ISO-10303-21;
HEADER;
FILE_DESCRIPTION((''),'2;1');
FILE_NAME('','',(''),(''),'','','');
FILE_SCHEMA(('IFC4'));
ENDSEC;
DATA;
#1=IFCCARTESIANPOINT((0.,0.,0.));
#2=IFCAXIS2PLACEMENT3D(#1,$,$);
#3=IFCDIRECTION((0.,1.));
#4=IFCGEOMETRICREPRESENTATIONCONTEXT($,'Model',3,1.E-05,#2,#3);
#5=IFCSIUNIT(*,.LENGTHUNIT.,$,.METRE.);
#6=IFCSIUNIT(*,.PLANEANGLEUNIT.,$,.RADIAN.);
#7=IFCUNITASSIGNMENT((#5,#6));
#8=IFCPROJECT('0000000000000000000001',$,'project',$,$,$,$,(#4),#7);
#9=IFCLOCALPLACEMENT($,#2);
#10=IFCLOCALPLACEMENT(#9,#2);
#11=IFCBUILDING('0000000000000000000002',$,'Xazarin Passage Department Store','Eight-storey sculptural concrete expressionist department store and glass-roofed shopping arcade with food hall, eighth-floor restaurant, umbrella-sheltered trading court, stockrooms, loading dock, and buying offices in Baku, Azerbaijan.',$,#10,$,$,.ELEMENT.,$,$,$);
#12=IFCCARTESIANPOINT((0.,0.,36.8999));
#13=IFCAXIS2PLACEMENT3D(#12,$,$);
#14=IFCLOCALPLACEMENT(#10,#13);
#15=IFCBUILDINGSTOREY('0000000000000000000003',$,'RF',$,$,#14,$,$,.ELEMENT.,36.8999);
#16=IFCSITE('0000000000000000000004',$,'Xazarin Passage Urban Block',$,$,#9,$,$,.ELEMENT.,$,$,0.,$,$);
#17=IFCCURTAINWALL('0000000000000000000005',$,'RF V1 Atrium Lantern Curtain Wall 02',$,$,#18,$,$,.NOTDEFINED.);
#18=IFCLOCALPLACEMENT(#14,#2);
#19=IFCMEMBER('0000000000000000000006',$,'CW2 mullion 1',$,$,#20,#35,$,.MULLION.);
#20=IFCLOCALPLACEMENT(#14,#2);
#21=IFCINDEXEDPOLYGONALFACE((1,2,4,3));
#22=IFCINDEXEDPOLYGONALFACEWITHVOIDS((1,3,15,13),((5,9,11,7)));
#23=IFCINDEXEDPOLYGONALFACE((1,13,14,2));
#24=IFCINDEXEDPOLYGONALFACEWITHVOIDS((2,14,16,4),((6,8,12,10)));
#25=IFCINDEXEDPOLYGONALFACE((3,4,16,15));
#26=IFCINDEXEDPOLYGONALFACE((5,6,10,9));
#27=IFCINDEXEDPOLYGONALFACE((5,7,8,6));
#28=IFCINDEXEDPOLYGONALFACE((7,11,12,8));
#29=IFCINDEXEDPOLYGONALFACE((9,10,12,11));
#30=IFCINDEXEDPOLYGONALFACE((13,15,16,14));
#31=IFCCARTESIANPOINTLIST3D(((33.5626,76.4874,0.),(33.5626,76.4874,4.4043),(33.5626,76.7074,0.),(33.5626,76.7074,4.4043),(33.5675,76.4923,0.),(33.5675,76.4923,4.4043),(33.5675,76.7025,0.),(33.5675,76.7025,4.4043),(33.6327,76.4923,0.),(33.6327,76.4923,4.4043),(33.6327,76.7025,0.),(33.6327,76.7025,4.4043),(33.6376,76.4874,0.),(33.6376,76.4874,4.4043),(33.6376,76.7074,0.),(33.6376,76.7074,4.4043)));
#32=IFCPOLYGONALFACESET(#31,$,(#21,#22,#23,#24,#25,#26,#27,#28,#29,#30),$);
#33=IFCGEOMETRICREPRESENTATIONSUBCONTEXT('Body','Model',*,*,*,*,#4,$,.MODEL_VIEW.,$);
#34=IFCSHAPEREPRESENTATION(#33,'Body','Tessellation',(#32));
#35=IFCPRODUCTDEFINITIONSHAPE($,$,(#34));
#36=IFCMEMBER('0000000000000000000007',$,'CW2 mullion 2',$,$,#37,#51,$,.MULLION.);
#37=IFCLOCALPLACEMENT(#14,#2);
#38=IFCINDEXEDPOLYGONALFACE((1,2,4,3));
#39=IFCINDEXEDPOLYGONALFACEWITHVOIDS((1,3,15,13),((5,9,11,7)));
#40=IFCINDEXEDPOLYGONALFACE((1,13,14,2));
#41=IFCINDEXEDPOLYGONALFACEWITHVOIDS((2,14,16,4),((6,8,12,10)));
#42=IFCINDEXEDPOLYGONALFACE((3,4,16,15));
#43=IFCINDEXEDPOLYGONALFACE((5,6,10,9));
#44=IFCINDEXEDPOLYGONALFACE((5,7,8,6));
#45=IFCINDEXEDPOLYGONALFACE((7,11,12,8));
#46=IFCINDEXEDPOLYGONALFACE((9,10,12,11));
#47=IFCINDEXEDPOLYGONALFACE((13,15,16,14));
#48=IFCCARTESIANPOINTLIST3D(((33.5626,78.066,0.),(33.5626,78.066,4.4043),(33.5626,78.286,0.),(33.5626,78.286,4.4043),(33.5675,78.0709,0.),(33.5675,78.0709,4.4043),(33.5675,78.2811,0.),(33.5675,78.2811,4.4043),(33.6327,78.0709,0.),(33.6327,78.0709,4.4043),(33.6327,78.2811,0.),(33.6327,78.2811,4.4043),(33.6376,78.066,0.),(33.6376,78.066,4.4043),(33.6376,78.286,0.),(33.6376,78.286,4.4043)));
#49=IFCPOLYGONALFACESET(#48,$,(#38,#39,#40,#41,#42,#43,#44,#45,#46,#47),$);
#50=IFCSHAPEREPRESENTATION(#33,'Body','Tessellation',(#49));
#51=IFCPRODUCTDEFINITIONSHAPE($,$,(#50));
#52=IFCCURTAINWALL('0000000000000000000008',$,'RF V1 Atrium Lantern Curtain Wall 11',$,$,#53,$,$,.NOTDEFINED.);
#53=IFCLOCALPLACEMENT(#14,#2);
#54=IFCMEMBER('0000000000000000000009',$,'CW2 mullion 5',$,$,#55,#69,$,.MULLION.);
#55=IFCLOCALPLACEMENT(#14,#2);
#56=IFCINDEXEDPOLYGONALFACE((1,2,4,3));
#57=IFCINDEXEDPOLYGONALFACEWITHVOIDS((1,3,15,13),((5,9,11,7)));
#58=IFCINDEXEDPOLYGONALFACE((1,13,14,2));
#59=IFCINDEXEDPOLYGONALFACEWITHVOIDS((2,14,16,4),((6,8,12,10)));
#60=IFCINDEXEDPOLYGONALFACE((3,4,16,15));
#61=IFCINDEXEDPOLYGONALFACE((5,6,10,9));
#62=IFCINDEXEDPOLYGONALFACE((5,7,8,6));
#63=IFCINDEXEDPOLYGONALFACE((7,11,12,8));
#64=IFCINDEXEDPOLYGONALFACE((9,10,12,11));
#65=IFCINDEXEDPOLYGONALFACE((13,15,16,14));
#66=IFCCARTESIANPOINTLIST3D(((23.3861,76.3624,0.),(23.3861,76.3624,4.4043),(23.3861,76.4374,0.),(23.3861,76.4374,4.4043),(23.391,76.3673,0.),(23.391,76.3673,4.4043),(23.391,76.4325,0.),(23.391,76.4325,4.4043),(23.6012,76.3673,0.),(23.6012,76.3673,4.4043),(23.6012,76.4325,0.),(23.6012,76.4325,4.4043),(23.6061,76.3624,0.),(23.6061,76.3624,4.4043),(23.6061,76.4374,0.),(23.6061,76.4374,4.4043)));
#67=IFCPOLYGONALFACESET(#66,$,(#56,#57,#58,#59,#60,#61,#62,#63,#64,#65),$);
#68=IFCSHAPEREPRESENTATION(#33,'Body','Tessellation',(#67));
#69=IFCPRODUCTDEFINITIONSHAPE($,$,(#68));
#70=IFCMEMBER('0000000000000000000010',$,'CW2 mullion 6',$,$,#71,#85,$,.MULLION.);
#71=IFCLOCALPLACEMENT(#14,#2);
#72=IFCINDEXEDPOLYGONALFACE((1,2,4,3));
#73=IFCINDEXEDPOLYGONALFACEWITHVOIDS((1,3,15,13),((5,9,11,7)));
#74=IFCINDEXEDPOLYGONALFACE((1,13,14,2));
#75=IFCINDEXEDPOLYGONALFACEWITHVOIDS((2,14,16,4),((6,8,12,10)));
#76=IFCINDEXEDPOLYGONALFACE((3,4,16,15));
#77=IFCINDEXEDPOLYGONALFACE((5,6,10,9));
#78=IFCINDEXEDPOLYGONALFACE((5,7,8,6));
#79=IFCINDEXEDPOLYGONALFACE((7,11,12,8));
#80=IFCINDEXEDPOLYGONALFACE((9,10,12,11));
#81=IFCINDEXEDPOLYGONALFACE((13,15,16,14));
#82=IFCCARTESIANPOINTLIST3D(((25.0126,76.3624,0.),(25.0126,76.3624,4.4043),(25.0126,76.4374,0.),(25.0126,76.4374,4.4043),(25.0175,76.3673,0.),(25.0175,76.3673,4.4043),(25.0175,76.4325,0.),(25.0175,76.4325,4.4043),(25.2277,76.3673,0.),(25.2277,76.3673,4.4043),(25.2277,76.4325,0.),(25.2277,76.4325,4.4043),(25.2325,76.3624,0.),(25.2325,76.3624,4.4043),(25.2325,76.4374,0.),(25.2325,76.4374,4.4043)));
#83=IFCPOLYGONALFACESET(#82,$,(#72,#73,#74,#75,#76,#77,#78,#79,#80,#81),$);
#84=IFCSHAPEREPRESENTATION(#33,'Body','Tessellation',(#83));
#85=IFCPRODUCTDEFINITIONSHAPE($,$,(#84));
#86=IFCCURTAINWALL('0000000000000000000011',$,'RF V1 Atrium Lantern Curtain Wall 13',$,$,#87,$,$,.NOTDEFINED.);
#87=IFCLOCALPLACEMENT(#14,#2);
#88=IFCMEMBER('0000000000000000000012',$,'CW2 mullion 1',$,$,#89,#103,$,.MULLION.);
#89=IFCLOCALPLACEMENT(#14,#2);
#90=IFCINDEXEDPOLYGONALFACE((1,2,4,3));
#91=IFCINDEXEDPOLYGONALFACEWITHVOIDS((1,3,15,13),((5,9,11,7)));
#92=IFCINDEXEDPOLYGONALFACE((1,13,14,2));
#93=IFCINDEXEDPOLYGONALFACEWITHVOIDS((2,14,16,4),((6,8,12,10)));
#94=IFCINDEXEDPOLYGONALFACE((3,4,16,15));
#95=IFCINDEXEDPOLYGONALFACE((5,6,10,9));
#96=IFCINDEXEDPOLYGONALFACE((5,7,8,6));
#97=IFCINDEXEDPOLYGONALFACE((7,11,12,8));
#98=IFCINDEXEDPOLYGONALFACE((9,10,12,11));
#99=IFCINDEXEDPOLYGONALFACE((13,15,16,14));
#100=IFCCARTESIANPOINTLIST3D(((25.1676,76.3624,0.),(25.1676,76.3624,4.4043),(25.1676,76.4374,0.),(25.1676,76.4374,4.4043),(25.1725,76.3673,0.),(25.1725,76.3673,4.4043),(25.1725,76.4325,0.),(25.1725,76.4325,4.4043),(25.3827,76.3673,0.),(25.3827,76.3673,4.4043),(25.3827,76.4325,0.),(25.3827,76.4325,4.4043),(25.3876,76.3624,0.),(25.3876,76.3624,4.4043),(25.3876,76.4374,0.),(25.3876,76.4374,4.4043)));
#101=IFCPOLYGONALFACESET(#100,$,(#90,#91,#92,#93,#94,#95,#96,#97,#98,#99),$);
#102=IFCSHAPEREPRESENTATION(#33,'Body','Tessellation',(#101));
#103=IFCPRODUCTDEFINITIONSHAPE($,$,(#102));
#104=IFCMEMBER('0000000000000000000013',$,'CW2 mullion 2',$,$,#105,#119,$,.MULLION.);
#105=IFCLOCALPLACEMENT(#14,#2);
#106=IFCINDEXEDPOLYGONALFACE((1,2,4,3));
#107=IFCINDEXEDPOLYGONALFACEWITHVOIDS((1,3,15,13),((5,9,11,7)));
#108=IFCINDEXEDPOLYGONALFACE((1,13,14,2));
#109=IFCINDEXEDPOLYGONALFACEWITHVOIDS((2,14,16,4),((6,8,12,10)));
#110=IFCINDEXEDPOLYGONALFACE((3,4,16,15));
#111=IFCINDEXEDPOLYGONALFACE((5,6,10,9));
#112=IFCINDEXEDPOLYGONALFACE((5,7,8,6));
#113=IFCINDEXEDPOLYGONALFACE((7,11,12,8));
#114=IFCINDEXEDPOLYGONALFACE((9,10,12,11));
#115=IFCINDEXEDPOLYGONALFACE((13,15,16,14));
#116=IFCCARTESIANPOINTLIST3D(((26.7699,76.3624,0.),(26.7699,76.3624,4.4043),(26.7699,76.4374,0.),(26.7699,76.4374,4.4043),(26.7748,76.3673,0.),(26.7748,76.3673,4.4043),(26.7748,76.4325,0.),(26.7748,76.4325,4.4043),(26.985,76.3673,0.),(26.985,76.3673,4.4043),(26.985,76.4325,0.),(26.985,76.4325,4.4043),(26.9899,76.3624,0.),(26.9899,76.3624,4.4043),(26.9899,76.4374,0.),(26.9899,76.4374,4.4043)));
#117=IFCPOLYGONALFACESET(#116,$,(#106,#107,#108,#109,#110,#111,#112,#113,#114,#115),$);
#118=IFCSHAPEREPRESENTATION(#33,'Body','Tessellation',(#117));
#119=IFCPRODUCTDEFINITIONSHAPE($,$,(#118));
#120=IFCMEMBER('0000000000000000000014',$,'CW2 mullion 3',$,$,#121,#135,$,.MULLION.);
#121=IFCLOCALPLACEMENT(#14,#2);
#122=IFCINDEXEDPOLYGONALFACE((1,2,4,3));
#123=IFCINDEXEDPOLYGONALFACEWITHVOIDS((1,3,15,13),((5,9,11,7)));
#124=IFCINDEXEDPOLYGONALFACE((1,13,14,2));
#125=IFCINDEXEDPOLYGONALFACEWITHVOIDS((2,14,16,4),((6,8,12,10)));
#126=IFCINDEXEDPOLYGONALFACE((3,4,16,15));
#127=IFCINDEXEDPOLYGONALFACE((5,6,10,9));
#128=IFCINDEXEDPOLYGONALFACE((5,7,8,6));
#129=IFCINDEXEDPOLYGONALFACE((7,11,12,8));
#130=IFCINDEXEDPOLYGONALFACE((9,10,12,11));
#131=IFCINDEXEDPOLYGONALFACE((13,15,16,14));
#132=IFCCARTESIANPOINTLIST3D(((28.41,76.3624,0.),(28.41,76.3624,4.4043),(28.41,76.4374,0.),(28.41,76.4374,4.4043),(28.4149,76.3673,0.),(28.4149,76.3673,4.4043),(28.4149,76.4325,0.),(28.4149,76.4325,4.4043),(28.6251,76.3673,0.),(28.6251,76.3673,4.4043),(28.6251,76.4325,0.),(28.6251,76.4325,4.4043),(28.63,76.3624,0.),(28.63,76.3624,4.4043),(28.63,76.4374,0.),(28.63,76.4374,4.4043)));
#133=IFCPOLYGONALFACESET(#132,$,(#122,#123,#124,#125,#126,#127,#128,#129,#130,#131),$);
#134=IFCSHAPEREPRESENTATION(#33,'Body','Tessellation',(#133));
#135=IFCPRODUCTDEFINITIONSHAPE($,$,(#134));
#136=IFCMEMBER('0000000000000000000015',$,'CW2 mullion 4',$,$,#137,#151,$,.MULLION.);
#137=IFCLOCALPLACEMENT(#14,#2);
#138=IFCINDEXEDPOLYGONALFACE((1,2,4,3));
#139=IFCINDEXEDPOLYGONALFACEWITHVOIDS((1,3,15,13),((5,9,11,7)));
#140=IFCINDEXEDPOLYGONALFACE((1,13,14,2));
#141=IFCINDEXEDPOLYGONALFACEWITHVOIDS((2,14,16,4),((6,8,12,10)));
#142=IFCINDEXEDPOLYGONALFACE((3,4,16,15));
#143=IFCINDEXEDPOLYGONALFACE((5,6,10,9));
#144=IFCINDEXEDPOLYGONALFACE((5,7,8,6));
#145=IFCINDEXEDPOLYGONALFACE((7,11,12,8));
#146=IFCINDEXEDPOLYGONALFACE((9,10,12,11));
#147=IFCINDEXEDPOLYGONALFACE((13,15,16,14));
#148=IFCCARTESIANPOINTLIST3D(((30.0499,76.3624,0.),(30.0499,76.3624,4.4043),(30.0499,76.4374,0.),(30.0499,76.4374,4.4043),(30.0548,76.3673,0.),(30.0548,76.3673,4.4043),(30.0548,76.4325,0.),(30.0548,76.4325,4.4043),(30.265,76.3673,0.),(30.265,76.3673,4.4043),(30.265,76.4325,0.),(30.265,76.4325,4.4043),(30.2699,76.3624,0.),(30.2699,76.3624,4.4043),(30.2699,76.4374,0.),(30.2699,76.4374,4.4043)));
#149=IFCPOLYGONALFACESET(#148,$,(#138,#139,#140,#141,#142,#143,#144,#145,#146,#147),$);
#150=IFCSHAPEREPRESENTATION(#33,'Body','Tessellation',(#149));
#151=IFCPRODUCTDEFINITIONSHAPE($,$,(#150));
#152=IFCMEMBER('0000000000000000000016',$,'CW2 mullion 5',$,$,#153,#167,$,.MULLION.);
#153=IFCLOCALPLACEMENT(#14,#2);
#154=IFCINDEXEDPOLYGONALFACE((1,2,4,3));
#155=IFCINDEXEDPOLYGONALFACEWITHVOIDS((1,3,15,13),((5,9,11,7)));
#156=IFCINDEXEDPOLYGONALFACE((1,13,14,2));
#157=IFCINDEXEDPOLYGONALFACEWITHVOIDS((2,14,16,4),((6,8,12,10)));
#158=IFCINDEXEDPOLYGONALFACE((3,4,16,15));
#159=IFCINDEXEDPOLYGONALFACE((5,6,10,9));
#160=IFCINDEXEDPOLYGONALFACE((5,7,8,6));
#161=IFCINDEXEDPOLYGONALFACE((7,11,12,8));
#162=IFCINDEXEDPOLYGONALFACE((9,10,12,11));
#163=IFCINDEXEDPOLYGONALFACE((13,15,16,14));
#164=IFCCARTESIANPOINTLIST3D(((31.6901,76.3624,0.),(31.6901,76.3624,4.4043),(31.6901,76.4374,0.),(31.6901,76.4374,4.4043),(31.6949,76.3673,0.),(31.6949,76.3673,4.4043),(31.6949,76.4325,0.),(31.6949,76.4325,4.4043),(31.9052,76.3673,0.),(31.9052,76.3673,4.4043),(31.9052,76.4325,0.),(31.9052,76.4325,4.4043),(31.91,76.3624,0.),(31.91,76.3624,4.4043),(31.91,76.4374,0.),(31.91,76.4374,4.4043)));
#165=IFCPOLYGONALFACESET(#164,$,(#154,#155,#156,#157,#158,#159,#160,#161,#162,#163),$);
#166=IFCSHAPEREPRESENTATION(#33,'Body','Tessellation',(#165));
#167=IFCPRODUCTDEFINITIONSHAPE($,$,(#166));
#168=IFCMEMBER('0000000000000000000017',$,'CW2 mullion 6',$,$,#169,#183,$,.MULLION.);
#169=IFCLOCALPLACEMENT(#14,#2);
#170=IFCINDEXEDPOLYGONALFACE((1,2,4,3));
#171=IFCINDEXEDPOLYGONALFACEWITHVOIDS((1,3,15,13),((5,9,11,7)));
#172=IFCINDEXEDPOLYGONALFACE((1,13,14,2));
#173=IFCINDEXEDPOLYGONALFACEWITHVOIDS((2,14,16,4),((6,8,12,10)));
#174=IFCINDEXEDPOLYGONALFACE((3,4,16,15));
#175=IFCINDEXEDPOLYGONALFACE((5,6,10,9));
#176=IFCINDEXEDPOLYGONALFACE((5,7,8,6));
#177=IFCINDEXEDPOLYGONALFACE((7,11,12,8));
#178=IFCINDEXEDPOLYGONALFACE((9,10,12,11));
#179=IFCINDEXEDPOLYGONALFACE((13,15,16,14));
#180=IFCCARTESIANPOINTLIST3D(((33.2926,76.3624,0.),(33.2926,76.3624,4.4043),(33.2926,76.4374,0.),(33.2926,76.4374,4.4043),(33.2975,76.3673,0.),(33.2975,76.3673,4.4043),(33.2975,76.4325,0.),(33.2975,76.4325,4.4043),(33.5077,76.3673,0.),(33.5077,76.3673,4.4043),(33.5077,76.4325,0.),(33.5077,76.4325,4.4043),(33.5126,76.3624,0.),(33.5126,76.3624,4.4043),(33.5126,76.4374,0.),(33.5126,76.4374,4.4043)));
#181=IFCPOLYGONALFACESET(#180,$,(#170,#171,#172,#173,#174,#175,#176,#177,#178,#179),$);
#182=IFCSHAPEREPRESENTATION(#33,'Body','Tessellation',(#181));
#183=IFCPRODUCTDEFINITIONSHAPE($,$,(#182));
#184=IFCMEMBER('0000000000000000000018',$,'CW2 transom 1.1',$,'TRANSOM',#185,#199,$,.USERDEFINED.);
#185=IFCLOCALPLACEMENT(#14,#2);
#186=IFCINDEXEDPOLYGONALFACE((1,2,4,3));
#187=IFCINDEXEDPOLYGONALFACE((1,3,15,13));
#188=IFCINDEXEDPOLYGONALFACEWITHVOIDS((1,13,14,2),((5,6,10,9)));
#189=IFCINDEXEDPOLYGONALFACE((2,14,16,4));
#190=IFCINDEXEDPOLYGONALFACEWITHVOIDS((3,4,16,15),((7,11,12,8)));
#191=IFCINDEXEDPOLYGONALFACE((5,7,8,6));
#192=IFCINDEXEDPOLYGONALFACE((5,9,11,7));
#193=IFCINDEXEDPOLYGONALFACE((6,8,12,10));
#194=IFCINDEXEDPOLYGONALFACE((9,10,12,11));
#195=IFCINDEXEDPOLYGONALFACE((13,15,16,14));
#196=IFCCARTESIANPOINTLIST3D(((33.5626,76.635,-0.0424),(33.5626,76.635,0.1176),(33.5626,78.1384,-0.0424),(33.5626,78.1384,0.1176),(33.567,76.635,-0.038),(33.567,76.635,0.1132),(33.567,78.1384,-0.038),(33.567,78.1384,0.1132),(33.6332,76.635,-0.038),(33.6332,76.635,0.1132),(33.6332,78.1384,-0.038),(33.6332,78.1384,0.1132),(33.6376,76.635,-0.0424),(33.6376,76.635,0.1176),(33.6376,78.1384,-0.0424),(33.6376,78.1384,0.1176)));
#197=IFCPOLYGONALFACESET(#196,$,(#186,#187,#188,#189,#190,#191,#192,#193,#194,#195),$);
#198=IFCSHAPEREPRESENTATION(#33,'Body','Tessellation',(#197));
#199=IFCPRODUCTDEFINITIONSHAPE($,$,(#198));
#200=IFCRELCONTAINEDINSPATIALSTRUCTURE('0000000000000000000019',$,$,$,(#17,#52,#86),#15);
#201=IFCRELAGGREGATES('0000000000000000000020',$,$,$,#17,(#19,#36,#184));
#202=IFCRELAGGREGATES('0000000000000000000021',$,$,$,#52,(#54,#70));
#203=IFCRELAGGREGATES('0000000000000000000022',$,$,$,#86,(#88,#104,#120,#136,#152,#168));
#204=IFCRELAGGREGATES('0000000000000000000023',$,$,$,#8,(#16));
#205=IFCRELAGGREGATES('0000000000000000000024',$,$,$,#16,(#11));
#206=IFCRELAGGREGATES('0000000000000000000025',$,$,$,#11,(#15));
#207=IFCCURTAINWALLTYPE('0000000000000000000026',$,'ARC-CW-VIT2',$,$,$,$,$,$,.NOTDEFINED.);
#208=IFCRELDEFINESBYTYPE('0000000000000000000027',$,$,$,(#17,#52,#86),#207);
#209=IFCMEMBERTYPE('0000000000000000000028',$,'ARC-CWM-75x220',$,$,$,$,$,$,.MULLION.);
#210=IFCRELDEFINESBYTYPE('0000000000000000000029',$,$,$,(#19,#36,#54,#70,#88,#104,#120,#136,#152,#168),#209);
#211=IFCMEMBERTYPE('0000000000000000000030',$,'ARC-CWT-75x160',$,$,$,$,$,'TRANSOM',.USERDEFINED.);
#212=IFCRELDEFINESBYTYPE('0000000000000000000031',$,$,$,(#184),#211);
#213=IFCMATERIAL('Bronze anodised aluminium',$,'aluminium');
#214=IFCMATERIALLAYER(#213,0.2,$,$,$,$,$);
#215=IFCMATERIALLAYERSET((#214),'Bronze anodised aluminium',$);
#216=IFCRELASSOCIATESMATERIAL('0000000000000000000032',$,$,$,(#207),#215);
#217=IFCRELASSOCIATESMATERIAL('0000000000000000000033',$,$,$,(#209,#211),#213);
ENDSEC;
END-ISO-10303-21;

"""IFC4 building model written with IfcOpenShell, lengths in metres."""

from ifc_helpers import new_model, si_unit, direction, frame, origin, origin_2d, place, context, subcontext, project, spatial, hollow_rectangle, extrude, material, layer, layer_set, material_profile, profile_set, type_object, element, aggregate, save


model = new_model("IFC4")

# Units and contexts
model_context = context("Model", 3, precision=1e-05, world=origin(), true_north=direction((0.0, 1.0)))
body_context = subcontext(model_context, "Body", "Model", "MODEL_VIEW")
ifc_project = project(units=[si_unit("LENGTHUNIT", "METRE"), si_unit("PLANEANGLEUNIT", "RADIAN")], contexts=[model_context])

# Site, building, storey
site_placement = place(None, origin())
site = spatial("IfcSite", under=ifc_project, at=site_placement, Name="Xazarin Passage Urban Block", CompositionType="ELEMENT", RefElevation=0.0)
building_placement = place(site_placement, origin())
building = spatial("IfcBuilding", under=site, at=building_placement, Name="Xazarin Passage Department Store", Description="Eight-storey sculptural concrete expressionist department store and glass-roofed shopping arcade with food hall, eighth-floor restaurant, umbrella-sheltered trading court, stockrooms, loading dock, and buying offices in Baku, Azerbaijan.", CompositionType="ELEMENT")
storey_placement = place(building_placement, frame((0.0, 0.0, 36.8999)))
storey = spatial("IfcBuildingStorey", under=building, at=storey_placement, Name="RF", CompositionType="ELEMENT", Elevation=36.8999)

# Curtain walls, members
ifc_material_1 = material(Name="Bronze anodised aluminium", Category="aluminium")
ifc_layer_1 = layer(ifc_material_1, 0.2)
ifc_layer_set_1 = layer_set([ifc_layer_1], Name="Bronze anodised aluminium")
curtain_wall_type = type_object("IfcCurtainWallType", Name="ARC-CW-VIT2", PredefinedType="NOTDEFINED", material=ifc_layer_set_1)
curtain_wall_1_placement = place(storey_placement, origin())
curtain_wall_1 = element("IfcCurtainWall", 1, at=curtain_wall_1_placement, inside=storey, type_object=curtain_wall_type, Name="RF V1 Atrium Lantern Curtain Wall 02", PredefinedType="NOTDEFINED")
ifc_material_profile_1 = material_profile(ifc_material_1, hollow_rectangle(XDim=0.075, YDim=0.22, WallThickness=0.0049, at=origin_2d()), Name="ALU 75x220")
ifc_profile_set_1 = profile_set([ifc_material_profile_1], Name="Bronze anodised aluminium")
member_type_1 = type_object("IfcMemberType", Name="ARC-CWM-75x220", PredefinedType="MULLION", material=ifc_profile_set_1)
member_1_placement = place(storey_placement, frame((33.6001, 76.5974, 0.0), z_axis=(0.0, 0.0, 1.0), x_axis=(-1.0, 0.0, 0.0)))
member_1 = element("IfcMember", 2, at=member_1_placement, type_object=member_type_1, Name="CW2 mullion 1", PredefinedType="MULLION", context=body_context, shape_type="SweptSolid", body=[
    extrude(hollow_rectangle(XDim=0.075, YDim=0.22, WallThickness=0.0049, at=origin_2d()), origin(), (0.0, 0.0, 1.0), 4.4043),
])
member_2_placement = place(storey_placement, frame((33.6001, 78.176, 0.0), z_axis=(0.0, 0.0, 1.0), x_axis=(-1.0, 0.0, 0.0)))
member_2 = element("IfcMember", 3, at=member_2_placement, type_object=member_type_1, Name="CW2 mullion 2", PredefinedType="MULLION", context=body_context, shape_type="SweptSolid", body=[
    extrude(hollow_rectangle(XDim=0.075, YDim=0.22, WallThickness=0.0049, at=origin_2d()), origin(), (0.0, 0.0, 1.0), 4.4043),
])
curtain_wall_2_placement = place(storey_placement, origin())
curtain_wall_2 = element("IfcCurtainWall", 4, at=curtain_wall_2_placement, inside=storey, type_object=curtain_wall_type, Name="RF V1 Atrium Lantern Curtain Wall 11", PredefinedType="NOTDEFINED")
member_3_placement = place(storey_placement, frame((23.4961, 76.3999, 0.0), z_axis=(0.0, 0.0, 1.0), x_axis=(0.0, 1.0, 0.0)))
member_3 = element("IfcMember", 5, at=member_3_placement, type_object=member_type_1, Name="CW2 mullion 5", PredefinedType="MULLION", context=body_context, shape_type="SweptSolid", body=[
    extrude(hollow_rectangle(XDim=0.075, YDim=0.22, WallThickness=0.0049, at=origin_2d()), origin(), (0.0, 0.0, 1.0), 4.4043),
])
member_4_placement = place(storey_placement, frame((25.1226, 76.3999, 0.0), z_axis=(0.0, 0.0, 1.0), x_axis=(0.0, 1.0, 0.0)))
member_4 = element("IfcMember", 6, at=member_4_placement, type_object=member_type_1, Name="CW2 mullion 6", PredefinedType="MULLION", context=body_context, shape_type="SweptSolid", body=[
    extrude(hollow_rectangle(XDim=0.075, YDim=0.22, WallThickness=0.0049, at=origin_2d()), origin(), (0.0, 0.0, 1.0), 4.4043),
])
curtain_wall_3_placement = place(storey_placement, origin())
curtain_wall_3 = element("IfcCurtainWall", 7, at=curtain_wall_3_placement, inside=storey, type_object=curtain_wall_type, Name="RF V1 Atrium Lantern Curtain Wall 13", PredefinedType="NOTDEFINED")
member_5_placement = place(storey_placement, frame((25.2776, 76.3999, 0.0), z_axis=(0.0, 0.0, 1.0), x_axis=(0.0, 1.0, 0.0)))
member_5 = element("IfcMember", 8, at=member_5_placement, type_object=member_type_1, Name="CW2 mullion 1", PredefinedType="MULLION", context=body_context, shape_type="SweptSolid", body=[
    extrude(hollow_rectangle(XDim=0.075, YDim=0.22, WallThickness=0.0049, at=origin_2d()), origin(), (0.0, 0.0, 1.0), 4.4043),
])
member_6_placement = place(storey_placement, frame((26.8799, 76.3999, 0.0), z_axis=(0.0, 0.0, 1.0), x_axis=(0.0, 1.0, 0.0)))
member_6 = element("IfcMember", 9, at=member_6_placement, type_object=member_type_1, Name="CW2 mullion 2", PredefinedType="MULLION", context=body_context, shape_type="SweptSolid", body=[
    extrude(hollow_rectangle(XDim=0.075, YDim=0.22, WallThickness=0.0049, at=origin_2d()), origin(), (0.0, 0.0, 1.0), 4.4043),
])
member_7_placement = place(storey_placement, frame((28.52, 76.3999, 0.0), z_axis=(0.0, 0.0, 1.0), x_axis=(0.0, 1.0, 0.0)))
member_7 = element("IfcMember", 10, at=member_7_placement, type_object=member_type_1, Name="CW2 mullion 3", PredefinedType="MULLION", context=body_context, shape_type="SweptSolid", body=[
    extrude(hollow_rectangle(XDim=0.075, YDim=0.22, WallThickness=0.0049, at=origin_2d()), origin(), (0.0, 0.0, 1.0), 4.4043),
])
member_8_placement = place(storey_placement, frame((30.1599, 76.3999, 0.0), z_axis=(0.0, 0.0, 1.0), x_axis=(0.0, 1.0, 0.0)))
member_8 = element("IfcMember", 11, at=member_8_placement, type_object=member_type_1, Name="CW2 mullion 4", PredefinedType="MULLION", context=body_context, shape_type="SweptSolid", body=[
    extrude(hollow_rectangle(XDim=0.075, YDim=0.22, WallThickness=0.0049, at=origin_2d()), origin(), (0.0, 0.0, 1.0), 4.4043),
])
member_9_placement = place(storey_placement, frame((31.8, 76.3999, 0.0), z_axis=(0.0, 0.0, 1.0), x_axis=(0.0, 1.0, 0.0)))
member_9 = element("IfcMember", 12, at=member_9_placement, type_object=member_type_1, Name="CW2 mullion 5", PredefinedType="MULLION", context=body_context, shape_type="SweptSolid", body=[
    extrude(hollow_rectangle(XDim=0.075, YDim=0.22, WallThickness=0.0049, at=origin_2d()), origin(), (0.0, 0.0, 1.0), 4.4043),
])
member_10_placement = place(storey_placement, frame((33.4026, 76.3999, 0.0), z_axis=(0.0, 0.0, 1.0), x_axis=(0.0, 1.0, 0.0)))
member_10 = element("IfcMember", 13, at=member_10_placement, type_object=member_type_1, Name="CW2 mullion 6", PredefinedType="MULLION", context=body_context, shape_type="SweptSolid", body=[
    extrude(hollow_rectangle(XDim=0.075, YDim=0.22, WallThickness=0.0049, at=origin_2d()), origin(), (0.0, 0.0, 1.0), 4.4043),
])

# Member
ifc_material_profile_2 = material_profile(ifc_material_1, hollow_rectangle(XDim=0.075, YDim=0.1599, WallThickness=0.0044, at=origin_2d()), Name="ALU 75x160")
ifc_profile_set_2 = profile_set([ifc_material_profile_2], Name="Bronze anodised aluminium")
member_type_2 = type_object("IfcMemberType", Name="ARC-CWT-75x160", ElementType="TRANSOM", PredefinedType="USERDEFINED", material=ifc_profile_set_2)
member_11_placement = place(storey_placement, frame((33.6001, 76.635, 0.0376), z_axis=(0.0, 1.0, 0.0), x_axis=(-1.0, 0.0, 0.0)))
member_11 = element("IfcMember", 14, at=member_11_placement, type_object=member_type_2, Name="CW2 transom 1.1", ObjectType="TRANSOM", PredefinedType="USERDEFINED", context=body_context, shape_type="SweptSolid", body=[
    extrude(hollow_rectangle(XDim=0.075, YDim=0.1599, WallThickness=0.0044, at=origin_2d()), origin(), (0.0, 0.0, 1.0), 1.5034),
])
aggregate(curtain_wall_1, [member_1, member_2, member_11])

aggregate(curtain_wall_2, [member_3, member_4])
aggregate(curtain_wall_3, [member_5, member_6, member_7, member_8, member_9, member_10])

save(model, "model.ifc")
